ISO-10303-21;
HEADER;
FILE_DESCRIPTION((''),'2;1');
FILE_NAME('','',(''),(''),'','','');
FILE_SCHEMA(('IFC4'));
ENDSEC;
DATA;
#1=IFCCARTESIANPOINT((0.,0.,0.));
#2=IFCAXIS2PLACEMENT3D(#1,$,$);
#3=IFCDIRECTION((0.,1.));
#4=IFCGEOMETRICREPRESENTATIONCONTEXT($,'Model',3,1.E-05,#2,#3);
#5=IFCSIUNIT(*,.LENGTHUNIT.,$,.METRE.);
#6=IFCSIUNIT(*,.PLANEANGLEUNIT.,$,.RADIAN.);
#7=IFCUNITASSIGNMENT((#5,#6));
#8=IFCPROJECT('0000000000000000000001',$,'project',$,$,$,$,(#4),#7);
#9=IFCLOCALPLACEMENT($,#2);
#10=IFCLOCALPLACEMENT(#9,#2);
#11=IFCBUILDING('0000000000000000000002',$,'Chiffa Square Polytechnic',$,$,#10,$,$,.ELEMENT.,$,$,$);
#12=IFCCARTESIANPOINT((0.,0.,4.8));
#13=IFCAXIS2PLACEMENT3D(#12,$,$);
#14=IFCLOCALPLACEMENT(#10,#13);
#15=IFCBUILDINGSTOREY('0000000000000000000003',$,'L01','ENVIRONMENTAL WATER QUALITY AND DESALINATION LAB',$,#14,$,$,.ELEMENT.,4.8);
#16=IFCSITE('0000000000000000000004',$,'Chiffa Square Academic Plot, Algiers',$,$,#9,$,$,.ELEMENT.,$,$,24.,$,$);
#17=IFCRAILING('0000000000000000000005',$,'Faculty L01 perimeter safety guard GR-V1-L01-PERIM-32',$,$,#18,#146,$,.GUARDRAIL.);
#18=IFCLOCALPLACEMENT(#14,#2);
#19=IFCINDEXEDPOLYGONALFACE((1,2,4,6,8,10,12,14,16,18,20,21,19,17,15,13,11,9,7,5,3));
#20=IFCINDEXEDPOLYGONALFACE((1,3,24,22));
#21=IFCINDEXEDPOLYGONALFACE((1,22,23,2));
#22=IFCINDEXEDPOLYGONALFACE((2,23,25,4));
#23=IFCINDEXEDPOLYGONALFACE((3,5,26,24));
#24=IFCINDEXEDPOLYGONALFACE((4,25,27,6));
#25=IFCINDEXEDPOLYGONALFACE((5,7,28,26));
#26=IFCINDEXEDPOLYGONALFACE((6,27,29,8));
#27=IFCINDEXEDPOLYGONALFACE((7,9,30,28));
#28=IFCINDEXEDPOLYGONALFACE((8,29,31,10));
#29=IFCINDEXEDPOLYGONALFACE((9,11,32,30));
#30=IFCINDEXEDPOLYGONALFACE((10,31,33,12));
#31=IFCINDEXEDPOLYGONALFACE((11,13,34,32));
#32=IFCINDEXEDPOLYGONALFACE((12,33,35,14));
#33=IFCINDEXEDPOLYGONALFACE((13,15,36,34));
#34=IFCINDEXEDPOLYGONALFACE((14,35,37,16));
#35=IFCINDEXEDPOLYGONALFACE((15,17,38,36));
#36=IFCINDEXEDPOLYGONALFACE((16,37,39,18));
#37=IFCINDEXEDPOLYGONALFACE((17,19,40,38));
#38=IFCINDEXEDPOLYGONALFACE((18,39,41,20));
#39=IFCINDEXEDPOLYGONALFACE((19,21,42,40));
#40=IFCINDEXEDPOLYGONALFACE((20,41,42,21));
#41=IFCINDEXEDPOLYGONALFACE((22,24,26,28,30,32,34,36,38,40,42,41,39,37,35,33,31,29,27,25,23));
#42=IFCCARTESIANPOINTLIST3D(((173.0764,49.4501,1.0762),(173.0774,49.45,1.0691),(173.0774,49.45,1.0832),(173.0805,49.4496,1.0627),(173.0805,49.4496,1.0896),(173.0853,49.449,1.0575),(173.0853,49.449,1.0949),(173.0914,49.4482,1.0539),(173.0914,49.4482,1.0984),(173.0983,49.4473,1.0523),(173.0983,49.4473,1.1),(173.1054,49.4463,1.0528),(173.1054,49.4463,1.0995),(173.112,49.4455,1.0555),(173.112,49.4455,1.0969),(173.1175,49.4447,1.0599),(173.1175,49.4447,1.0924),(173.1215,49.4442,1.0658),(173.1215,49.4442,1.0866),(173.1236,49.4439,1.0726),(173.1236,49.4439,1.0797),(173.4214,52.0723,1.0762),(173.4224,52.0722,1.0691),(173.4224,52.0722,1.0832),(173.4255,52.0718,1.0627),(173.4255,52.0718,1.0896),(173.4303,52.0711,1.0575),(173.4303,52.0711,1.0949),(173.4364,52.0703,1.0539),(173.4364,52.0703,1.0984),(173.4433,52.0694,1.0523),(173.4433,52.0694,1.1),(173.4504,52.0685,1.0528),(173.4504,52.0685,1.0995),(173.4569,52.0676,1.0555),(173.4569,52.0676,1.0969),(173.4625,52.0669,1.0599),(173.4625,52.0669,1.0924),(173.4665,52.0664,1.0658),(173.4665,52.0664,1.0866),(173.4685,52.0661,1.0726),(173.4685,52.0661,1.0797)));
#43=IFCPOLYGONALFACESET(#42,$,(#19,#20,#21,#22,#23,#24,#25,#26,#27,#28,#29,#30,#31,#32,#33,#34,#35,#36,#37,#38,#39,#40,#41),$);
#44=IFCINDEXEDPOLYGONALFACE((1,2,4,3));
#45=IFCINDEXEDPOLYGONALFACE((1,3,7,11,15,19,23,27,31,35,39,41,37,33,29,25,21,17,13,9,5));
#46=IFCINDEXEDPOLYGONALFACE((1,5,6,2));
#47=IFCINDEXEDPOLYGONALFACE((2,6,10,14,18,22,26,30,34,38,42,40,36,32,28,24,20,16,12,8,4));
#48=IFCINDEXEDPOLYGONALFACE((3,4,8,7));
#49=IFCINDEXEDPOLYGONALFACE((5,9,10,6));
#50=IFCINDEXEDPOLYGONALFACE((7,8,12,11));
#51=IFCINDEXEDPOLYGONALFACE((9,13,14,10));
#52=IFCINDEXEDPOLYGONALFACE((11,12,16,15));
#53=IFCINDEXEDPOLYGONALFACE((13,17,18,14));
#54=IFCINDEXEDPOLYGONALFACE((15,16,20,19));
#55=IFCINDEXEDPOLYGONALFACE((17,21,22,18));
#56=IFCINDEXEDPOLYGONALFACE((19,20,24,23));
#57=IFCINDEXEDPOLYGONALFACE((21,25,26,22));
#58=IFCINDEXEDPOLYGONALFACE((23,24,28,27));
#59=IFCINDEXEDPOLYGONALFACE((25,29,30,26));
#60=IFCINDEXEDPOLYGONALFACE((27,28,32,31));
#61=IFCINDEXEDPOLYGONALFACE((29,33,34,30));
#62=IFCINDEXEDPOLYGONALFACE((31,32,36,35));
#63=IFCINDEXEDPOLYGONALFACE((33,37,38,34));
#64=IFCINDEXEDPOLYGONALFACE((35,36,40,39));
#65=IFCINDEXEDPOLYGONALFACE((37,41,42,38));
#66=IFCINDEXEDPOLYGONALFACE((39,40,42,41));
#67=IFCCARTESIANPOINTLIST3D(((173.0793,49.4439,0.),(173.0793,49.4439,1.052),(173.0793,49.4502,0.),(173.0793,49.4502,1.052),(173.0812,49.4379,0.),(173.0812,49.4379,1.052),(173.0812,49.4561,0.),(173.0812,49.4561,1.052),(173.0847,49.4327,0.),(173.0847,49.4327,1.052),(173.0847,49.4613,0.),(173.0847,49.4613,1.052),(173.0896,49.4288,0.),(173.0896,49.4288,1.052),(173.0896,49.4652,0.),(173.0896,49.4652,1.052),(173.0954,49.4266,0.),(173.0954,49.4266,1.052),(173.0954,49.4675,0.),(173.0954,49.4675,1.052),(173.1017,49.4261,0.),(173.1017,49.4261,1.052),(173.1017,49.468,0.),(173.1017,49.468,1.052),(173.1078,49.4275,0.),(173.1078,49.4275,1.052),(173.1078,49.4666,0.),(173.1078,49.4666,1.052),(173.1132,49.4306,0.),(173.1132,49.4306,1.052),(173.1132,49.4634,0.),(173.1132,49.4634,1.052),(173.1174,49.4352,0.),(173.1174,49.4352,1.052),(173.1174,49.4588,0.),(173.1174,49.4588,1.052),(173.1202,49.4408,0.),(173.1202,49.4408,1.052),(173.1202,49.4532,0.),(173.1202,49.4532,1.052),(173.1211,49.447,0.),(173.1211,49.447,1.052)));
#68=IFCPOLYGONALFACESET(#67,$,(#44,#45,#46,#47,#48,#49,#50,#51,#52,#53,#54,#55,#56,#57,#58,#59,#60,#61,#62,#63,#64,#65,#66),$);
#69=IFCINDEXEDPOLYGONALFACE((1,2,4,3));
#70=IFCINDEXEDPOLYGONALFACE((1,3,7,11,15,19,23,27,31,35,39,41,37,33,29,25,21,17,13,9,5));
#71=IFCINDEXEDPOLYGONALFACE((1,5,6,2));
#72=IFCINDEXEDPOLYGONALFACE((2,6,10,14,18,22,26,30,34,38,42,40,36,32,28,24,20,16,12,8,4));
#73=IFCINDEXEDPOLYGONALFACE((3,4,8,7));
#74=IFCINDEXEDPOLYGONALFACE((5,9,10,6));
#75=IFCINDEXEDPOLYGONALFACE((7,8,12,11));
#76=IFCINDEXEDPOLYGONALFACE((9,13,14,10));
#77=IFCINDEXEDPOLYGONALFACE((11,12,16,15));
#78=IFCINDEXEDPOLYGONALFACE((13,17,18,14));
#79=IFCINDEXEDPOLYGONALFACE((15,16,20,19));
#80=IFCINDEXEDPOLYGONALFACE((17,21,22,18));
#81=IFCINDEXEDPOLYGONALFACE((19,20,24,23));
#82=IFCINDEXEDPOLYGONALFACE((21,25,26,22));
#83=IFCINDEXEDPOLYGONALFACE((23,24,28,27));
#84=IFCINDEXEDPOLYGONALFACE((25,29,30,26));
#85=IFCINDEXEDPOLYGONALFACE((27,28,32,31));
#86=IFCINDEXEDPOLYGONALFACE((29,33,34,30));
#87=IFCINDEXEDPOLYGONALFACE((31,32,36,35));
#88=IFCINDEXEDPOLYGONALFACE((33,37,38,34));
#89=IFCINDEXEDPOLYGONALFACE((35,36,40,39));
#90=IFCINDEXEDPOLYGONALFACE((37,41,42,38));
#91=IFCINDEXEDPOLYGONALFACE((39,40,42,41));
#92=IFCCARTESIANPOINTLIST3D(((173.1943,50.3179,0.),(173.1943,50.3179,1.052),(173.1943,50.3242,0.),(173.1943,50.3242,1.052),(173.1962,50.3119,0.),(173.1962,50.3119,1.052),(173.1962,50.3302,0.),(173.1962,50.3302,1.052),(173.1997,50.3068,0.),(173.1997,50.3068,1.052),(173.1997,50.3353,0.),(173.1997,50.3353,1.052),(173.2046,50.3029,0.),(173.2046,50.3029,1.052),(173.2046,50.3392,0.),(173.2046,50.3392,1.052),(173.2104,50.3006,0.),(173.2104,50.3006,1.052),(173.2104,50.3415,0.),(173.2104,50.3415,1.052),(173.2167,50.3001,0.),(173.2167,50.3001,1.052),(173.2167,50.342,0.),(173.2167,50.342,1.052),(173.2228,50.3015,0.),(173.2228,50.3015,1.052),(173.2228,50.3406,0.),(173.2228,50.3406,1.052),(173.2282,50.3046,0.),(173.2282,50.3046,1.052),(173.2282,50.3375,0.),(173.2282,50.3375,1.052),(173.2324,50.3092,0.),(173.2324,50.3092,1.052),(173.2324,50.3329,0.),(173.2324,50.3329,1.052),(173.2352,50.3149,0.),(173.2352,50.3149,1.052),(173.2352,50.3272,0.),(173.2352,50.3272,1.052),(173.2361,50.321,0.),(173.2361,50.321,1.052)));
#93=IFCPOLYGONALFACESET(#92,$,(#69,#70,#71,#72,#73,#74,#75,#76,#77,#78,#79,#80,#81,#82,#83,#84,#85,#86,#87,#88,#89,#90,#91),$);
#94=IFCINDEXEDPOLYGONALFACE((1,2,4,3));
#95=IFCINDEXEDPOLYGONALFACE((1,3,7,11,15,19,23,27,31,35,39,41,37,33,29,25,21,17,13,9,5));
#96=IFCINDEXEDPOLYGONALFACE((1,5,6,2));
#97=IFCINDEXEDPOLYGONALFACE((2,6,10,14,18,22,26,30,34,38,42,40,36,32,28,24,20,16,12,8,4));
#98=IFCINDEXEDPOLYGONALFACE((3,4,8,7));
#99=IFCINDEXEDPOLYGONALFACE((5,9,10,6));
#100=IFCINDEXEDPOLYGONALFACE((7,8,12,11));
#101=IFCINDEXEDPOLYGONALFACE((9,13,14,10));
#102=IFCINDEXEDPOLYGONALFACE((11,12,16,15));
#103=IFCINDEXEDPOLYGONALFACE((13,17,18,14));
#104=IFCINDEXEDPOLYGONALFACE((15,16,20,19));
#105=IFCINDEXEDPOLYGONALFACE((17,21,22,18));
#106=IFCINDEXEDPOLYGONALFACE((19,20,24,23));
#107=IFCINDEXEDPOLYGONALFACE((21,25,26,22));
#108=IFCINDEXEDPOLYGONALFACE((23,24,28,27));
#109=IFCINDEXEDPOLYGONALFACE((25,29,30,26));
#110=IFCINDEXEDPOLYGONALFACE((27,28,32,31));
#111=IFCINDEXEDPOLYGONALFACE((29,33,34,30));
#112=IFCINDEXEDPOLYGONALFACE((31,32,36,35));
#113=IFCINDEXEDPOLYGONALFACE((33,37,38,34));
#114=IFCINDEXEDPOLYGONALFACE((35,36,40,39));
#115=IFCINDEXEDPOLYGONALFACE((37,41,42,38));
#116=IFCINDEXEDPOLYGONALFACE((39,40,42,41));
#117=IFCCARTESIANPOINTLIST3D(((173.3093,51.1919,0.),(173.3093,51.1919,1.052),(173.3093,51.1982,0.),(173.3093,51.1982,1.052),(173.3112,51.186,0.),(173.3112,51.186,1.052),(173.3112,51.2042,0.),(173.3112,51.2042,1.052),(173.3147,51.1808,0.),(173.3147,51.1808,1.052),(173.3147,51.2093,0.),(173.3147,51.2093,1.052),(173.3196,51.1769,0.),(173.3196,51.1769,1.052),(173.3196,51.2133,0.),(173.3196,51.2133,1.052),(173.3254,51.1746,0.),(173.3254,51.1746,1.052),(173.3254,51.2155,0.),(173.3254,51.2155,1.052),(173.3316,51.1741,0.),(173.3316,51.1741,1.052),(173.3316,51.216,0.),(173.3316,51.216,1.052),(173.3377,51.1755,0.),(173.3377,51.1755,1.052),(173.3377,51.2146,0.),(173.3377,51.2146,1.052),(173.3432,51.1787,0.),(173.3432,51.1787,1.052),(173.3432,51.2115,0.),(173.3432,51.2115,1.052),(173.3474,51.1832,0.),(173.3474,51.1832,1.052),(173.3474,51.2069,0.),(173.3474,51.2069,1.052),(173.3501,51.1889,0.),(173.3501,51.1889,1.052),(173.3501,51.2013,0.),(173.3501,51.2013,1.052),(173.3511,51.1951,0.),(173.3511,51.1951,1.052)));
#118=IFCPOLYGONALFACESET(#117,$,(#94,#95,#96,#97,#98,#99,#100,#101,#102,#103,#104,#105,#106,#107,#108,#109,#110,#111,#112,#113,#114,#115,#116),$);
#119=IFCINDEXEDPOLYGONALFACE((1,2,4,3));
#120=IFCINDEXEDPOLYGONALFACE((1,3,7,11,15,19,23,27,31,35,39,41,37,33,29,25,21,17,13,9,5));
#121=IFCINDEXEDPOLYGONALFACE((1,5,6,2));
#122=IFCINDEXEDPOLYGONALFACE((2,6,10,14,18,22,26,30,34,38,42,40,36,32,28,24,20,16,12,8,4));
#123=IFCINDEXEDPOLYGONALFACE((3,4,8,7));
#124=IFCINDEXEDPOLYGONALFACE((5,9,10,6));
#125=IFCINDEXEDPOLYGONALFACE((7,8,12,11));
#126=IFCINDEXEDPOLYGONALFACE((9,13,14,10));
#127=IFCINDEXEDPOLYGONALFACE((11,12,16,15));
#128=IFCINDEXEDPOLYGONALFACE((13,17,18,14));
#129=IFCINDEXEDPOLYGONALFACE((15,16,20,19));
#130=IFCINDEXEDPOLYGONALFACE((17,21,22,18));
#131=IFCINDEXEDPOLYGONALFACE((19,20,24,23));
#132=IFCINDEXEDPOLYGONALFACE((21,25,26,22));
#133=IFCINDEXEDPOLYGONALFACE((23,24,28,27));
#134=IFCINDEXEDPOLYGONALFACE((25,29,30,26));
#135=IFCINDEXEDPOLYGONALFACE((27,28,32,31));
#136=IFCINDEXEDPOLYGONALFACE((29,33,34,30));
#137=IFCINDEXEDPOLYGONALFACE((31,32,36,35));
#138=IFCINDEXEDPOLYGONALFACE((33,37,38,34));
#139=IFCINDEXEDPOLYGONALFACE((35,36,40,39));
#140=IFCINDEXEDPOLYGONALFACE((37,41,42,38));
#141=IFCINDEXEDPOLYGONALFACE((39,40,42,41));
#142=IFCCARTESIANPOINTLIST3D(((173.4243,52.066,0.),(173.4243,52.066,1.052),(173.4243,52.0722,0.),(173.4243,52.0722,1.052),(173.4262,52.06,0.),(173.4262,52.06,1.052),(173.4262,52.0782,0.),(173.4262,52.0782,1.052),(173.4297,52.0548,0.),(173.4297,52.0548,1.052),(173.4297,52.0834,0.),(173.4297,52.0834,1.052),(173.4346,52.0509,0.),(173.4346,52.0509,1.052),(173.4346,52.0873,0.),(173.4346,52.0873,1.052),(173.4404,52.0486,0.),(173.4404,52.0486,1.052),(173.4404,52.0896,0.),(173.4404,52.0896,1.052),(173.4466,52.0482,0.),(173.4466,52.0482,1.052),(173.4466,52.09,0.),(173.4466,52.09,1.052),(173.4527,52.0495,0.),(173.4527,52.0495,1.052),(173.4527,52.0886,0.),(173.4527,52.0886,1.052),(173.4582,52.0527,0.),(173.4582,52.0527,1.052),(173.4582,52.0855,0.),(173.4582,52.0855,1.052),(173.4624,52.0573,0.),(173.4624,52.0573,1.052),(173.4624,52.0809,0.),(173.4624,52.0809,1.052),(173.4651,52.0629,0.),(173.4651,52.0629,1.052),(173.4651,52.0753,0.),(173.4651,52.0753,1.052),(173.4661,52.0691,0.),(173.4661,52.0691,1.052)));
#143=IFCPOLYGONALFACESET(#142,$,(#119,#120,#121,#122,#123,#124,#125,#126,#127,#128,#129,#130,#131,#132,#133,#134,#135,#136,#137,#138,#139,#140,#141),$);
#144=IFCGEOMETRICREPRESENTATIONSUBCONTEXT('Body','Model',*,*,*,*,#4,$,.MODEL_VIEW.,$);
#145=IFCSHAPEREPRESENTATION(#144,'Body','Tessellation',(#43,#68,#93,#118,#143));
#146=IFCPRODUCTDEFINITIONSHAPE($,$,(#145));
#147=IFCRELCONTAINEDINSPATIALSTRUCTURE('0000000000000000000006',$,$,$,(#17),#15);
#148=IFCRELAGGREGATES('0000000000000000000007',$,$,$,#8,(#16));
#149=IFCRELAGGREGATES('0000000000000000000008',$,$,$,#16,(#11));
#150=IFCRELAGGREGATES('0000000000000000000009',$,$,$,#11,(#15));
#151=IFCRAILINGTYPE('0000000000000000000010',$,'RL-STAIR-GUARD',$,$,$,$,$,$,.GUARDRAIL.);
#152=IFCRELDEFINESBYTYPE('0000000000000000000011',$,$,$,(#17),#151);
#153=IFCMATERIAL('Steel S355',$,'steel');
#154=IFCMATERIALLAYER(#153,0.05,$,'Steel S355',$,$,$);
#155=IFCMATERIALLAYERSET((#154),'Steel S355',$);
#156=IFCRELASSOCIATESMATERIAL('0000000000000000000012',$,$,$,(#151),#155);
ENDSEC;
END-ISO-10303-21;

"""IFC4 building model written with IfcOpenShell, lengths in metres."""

from ifc_helpers import new_model, si_unit, direction, frame, origin, origin_2d, place, context, subcontext, project, spatial, circle, extrude, material, layer, layer_set, type_object, element, save


model = new_model("IFC4")

# Units and contexts
model_context = context("Model", 3, precision=1e-05, world=origin(), true_north=direction((0.0, 1.0)))
body_context = subcontext(model_context, "Body", "Model", "MODEL_VIEW")
ifc_project = project(units=[si_unit("LENGTHUNIT", "METRE"), si_unit("PLANEANGLEUNIT", "RADIAN")], contexts=[model_context])

# Site, building, storey
site_placement = place(None, origin())
site = spatial("IfcSite", under=ifc_project, at=site_placement, Name="Chiffa Square Academic Plot, Algiers", CompositionType="ELEMENT", RefElevation=24.0)
building_placement = place(site_placement, origin())
building = spatial("IfcBuilding", under=site, at=building_placement, Name="Chiffa Square Polytechnic", CompositionType="ELEMENT")
storey_placement = place(building_placement, frame((0.0, 0.0, 4.8)))
storey = spatial("IfcBuildingStorey", under=building, at=storey_placement, Name="L01", Description="ENVIRONMENTAL WATER QUALITY AND DESALINATION LAB", CompositionType="ELEMENT", Elevation=4.8)

# Shared definitions
ifc_material_1 = material(Name="Steel S355", Category="steel")

# Railing
ifc_layer_1 = layer(ifc_material_1, 0.05, Name="Steel S355")
ifc_layer_set_1 = layer_set([ifc_layer_1], Name="Steel S355")
railing_type = type_object("IfcRailingType", Name="RL-STAIR-GUARD", PredefinedType="GUARDRAIL", material=ifc_layer_set_1)
railing_1_placement = place(storey_placement, frame((173.1001, 49.447, 0.0)))
element("IfcRailing", 1, at=railing_1_placement, inside=storey, type_object=railing_type, Name="Faculty L01 perimeter safety guard GR-V1-L01-PERIM-32", PredefinedType="GUARDRAIL", context=body_context, shape_type="SweptSolid", body=[
    extrude(circle(Radius=0.0239, at=origin_2d()), frame((0.0, 0.0, 1.0762), z_axis=(0.13044, 0.991456, 0.0), x_axis=(-0.991456, 0.13044, 0.0)), (0.0, 0.0, 1.0), 2.6448),
    extrude(circle(Radius=0.021, at=origin_2d()), origin(), (0.0, 0.0, 1.0), 1.052),
    extrude(circle(Radius=0.021, at=origin_2d()), frame((0.115, 0.874, 0.0)), (0.0, 0.0, 1.0), 1.052),
    extrude(circle(Radius=0.021, at=origin_2d()), frame((0.23, 1.748, 0.0)), (0.0, 0.0, 1.0), 1.052),
    extrude(circle(Radius=0.021, at=origin_2d()), frame((0.345, 2.6221, 0.0)), (0.0, 0.0, 1.0), 1.052),
])

save(model, "model.ifc")
